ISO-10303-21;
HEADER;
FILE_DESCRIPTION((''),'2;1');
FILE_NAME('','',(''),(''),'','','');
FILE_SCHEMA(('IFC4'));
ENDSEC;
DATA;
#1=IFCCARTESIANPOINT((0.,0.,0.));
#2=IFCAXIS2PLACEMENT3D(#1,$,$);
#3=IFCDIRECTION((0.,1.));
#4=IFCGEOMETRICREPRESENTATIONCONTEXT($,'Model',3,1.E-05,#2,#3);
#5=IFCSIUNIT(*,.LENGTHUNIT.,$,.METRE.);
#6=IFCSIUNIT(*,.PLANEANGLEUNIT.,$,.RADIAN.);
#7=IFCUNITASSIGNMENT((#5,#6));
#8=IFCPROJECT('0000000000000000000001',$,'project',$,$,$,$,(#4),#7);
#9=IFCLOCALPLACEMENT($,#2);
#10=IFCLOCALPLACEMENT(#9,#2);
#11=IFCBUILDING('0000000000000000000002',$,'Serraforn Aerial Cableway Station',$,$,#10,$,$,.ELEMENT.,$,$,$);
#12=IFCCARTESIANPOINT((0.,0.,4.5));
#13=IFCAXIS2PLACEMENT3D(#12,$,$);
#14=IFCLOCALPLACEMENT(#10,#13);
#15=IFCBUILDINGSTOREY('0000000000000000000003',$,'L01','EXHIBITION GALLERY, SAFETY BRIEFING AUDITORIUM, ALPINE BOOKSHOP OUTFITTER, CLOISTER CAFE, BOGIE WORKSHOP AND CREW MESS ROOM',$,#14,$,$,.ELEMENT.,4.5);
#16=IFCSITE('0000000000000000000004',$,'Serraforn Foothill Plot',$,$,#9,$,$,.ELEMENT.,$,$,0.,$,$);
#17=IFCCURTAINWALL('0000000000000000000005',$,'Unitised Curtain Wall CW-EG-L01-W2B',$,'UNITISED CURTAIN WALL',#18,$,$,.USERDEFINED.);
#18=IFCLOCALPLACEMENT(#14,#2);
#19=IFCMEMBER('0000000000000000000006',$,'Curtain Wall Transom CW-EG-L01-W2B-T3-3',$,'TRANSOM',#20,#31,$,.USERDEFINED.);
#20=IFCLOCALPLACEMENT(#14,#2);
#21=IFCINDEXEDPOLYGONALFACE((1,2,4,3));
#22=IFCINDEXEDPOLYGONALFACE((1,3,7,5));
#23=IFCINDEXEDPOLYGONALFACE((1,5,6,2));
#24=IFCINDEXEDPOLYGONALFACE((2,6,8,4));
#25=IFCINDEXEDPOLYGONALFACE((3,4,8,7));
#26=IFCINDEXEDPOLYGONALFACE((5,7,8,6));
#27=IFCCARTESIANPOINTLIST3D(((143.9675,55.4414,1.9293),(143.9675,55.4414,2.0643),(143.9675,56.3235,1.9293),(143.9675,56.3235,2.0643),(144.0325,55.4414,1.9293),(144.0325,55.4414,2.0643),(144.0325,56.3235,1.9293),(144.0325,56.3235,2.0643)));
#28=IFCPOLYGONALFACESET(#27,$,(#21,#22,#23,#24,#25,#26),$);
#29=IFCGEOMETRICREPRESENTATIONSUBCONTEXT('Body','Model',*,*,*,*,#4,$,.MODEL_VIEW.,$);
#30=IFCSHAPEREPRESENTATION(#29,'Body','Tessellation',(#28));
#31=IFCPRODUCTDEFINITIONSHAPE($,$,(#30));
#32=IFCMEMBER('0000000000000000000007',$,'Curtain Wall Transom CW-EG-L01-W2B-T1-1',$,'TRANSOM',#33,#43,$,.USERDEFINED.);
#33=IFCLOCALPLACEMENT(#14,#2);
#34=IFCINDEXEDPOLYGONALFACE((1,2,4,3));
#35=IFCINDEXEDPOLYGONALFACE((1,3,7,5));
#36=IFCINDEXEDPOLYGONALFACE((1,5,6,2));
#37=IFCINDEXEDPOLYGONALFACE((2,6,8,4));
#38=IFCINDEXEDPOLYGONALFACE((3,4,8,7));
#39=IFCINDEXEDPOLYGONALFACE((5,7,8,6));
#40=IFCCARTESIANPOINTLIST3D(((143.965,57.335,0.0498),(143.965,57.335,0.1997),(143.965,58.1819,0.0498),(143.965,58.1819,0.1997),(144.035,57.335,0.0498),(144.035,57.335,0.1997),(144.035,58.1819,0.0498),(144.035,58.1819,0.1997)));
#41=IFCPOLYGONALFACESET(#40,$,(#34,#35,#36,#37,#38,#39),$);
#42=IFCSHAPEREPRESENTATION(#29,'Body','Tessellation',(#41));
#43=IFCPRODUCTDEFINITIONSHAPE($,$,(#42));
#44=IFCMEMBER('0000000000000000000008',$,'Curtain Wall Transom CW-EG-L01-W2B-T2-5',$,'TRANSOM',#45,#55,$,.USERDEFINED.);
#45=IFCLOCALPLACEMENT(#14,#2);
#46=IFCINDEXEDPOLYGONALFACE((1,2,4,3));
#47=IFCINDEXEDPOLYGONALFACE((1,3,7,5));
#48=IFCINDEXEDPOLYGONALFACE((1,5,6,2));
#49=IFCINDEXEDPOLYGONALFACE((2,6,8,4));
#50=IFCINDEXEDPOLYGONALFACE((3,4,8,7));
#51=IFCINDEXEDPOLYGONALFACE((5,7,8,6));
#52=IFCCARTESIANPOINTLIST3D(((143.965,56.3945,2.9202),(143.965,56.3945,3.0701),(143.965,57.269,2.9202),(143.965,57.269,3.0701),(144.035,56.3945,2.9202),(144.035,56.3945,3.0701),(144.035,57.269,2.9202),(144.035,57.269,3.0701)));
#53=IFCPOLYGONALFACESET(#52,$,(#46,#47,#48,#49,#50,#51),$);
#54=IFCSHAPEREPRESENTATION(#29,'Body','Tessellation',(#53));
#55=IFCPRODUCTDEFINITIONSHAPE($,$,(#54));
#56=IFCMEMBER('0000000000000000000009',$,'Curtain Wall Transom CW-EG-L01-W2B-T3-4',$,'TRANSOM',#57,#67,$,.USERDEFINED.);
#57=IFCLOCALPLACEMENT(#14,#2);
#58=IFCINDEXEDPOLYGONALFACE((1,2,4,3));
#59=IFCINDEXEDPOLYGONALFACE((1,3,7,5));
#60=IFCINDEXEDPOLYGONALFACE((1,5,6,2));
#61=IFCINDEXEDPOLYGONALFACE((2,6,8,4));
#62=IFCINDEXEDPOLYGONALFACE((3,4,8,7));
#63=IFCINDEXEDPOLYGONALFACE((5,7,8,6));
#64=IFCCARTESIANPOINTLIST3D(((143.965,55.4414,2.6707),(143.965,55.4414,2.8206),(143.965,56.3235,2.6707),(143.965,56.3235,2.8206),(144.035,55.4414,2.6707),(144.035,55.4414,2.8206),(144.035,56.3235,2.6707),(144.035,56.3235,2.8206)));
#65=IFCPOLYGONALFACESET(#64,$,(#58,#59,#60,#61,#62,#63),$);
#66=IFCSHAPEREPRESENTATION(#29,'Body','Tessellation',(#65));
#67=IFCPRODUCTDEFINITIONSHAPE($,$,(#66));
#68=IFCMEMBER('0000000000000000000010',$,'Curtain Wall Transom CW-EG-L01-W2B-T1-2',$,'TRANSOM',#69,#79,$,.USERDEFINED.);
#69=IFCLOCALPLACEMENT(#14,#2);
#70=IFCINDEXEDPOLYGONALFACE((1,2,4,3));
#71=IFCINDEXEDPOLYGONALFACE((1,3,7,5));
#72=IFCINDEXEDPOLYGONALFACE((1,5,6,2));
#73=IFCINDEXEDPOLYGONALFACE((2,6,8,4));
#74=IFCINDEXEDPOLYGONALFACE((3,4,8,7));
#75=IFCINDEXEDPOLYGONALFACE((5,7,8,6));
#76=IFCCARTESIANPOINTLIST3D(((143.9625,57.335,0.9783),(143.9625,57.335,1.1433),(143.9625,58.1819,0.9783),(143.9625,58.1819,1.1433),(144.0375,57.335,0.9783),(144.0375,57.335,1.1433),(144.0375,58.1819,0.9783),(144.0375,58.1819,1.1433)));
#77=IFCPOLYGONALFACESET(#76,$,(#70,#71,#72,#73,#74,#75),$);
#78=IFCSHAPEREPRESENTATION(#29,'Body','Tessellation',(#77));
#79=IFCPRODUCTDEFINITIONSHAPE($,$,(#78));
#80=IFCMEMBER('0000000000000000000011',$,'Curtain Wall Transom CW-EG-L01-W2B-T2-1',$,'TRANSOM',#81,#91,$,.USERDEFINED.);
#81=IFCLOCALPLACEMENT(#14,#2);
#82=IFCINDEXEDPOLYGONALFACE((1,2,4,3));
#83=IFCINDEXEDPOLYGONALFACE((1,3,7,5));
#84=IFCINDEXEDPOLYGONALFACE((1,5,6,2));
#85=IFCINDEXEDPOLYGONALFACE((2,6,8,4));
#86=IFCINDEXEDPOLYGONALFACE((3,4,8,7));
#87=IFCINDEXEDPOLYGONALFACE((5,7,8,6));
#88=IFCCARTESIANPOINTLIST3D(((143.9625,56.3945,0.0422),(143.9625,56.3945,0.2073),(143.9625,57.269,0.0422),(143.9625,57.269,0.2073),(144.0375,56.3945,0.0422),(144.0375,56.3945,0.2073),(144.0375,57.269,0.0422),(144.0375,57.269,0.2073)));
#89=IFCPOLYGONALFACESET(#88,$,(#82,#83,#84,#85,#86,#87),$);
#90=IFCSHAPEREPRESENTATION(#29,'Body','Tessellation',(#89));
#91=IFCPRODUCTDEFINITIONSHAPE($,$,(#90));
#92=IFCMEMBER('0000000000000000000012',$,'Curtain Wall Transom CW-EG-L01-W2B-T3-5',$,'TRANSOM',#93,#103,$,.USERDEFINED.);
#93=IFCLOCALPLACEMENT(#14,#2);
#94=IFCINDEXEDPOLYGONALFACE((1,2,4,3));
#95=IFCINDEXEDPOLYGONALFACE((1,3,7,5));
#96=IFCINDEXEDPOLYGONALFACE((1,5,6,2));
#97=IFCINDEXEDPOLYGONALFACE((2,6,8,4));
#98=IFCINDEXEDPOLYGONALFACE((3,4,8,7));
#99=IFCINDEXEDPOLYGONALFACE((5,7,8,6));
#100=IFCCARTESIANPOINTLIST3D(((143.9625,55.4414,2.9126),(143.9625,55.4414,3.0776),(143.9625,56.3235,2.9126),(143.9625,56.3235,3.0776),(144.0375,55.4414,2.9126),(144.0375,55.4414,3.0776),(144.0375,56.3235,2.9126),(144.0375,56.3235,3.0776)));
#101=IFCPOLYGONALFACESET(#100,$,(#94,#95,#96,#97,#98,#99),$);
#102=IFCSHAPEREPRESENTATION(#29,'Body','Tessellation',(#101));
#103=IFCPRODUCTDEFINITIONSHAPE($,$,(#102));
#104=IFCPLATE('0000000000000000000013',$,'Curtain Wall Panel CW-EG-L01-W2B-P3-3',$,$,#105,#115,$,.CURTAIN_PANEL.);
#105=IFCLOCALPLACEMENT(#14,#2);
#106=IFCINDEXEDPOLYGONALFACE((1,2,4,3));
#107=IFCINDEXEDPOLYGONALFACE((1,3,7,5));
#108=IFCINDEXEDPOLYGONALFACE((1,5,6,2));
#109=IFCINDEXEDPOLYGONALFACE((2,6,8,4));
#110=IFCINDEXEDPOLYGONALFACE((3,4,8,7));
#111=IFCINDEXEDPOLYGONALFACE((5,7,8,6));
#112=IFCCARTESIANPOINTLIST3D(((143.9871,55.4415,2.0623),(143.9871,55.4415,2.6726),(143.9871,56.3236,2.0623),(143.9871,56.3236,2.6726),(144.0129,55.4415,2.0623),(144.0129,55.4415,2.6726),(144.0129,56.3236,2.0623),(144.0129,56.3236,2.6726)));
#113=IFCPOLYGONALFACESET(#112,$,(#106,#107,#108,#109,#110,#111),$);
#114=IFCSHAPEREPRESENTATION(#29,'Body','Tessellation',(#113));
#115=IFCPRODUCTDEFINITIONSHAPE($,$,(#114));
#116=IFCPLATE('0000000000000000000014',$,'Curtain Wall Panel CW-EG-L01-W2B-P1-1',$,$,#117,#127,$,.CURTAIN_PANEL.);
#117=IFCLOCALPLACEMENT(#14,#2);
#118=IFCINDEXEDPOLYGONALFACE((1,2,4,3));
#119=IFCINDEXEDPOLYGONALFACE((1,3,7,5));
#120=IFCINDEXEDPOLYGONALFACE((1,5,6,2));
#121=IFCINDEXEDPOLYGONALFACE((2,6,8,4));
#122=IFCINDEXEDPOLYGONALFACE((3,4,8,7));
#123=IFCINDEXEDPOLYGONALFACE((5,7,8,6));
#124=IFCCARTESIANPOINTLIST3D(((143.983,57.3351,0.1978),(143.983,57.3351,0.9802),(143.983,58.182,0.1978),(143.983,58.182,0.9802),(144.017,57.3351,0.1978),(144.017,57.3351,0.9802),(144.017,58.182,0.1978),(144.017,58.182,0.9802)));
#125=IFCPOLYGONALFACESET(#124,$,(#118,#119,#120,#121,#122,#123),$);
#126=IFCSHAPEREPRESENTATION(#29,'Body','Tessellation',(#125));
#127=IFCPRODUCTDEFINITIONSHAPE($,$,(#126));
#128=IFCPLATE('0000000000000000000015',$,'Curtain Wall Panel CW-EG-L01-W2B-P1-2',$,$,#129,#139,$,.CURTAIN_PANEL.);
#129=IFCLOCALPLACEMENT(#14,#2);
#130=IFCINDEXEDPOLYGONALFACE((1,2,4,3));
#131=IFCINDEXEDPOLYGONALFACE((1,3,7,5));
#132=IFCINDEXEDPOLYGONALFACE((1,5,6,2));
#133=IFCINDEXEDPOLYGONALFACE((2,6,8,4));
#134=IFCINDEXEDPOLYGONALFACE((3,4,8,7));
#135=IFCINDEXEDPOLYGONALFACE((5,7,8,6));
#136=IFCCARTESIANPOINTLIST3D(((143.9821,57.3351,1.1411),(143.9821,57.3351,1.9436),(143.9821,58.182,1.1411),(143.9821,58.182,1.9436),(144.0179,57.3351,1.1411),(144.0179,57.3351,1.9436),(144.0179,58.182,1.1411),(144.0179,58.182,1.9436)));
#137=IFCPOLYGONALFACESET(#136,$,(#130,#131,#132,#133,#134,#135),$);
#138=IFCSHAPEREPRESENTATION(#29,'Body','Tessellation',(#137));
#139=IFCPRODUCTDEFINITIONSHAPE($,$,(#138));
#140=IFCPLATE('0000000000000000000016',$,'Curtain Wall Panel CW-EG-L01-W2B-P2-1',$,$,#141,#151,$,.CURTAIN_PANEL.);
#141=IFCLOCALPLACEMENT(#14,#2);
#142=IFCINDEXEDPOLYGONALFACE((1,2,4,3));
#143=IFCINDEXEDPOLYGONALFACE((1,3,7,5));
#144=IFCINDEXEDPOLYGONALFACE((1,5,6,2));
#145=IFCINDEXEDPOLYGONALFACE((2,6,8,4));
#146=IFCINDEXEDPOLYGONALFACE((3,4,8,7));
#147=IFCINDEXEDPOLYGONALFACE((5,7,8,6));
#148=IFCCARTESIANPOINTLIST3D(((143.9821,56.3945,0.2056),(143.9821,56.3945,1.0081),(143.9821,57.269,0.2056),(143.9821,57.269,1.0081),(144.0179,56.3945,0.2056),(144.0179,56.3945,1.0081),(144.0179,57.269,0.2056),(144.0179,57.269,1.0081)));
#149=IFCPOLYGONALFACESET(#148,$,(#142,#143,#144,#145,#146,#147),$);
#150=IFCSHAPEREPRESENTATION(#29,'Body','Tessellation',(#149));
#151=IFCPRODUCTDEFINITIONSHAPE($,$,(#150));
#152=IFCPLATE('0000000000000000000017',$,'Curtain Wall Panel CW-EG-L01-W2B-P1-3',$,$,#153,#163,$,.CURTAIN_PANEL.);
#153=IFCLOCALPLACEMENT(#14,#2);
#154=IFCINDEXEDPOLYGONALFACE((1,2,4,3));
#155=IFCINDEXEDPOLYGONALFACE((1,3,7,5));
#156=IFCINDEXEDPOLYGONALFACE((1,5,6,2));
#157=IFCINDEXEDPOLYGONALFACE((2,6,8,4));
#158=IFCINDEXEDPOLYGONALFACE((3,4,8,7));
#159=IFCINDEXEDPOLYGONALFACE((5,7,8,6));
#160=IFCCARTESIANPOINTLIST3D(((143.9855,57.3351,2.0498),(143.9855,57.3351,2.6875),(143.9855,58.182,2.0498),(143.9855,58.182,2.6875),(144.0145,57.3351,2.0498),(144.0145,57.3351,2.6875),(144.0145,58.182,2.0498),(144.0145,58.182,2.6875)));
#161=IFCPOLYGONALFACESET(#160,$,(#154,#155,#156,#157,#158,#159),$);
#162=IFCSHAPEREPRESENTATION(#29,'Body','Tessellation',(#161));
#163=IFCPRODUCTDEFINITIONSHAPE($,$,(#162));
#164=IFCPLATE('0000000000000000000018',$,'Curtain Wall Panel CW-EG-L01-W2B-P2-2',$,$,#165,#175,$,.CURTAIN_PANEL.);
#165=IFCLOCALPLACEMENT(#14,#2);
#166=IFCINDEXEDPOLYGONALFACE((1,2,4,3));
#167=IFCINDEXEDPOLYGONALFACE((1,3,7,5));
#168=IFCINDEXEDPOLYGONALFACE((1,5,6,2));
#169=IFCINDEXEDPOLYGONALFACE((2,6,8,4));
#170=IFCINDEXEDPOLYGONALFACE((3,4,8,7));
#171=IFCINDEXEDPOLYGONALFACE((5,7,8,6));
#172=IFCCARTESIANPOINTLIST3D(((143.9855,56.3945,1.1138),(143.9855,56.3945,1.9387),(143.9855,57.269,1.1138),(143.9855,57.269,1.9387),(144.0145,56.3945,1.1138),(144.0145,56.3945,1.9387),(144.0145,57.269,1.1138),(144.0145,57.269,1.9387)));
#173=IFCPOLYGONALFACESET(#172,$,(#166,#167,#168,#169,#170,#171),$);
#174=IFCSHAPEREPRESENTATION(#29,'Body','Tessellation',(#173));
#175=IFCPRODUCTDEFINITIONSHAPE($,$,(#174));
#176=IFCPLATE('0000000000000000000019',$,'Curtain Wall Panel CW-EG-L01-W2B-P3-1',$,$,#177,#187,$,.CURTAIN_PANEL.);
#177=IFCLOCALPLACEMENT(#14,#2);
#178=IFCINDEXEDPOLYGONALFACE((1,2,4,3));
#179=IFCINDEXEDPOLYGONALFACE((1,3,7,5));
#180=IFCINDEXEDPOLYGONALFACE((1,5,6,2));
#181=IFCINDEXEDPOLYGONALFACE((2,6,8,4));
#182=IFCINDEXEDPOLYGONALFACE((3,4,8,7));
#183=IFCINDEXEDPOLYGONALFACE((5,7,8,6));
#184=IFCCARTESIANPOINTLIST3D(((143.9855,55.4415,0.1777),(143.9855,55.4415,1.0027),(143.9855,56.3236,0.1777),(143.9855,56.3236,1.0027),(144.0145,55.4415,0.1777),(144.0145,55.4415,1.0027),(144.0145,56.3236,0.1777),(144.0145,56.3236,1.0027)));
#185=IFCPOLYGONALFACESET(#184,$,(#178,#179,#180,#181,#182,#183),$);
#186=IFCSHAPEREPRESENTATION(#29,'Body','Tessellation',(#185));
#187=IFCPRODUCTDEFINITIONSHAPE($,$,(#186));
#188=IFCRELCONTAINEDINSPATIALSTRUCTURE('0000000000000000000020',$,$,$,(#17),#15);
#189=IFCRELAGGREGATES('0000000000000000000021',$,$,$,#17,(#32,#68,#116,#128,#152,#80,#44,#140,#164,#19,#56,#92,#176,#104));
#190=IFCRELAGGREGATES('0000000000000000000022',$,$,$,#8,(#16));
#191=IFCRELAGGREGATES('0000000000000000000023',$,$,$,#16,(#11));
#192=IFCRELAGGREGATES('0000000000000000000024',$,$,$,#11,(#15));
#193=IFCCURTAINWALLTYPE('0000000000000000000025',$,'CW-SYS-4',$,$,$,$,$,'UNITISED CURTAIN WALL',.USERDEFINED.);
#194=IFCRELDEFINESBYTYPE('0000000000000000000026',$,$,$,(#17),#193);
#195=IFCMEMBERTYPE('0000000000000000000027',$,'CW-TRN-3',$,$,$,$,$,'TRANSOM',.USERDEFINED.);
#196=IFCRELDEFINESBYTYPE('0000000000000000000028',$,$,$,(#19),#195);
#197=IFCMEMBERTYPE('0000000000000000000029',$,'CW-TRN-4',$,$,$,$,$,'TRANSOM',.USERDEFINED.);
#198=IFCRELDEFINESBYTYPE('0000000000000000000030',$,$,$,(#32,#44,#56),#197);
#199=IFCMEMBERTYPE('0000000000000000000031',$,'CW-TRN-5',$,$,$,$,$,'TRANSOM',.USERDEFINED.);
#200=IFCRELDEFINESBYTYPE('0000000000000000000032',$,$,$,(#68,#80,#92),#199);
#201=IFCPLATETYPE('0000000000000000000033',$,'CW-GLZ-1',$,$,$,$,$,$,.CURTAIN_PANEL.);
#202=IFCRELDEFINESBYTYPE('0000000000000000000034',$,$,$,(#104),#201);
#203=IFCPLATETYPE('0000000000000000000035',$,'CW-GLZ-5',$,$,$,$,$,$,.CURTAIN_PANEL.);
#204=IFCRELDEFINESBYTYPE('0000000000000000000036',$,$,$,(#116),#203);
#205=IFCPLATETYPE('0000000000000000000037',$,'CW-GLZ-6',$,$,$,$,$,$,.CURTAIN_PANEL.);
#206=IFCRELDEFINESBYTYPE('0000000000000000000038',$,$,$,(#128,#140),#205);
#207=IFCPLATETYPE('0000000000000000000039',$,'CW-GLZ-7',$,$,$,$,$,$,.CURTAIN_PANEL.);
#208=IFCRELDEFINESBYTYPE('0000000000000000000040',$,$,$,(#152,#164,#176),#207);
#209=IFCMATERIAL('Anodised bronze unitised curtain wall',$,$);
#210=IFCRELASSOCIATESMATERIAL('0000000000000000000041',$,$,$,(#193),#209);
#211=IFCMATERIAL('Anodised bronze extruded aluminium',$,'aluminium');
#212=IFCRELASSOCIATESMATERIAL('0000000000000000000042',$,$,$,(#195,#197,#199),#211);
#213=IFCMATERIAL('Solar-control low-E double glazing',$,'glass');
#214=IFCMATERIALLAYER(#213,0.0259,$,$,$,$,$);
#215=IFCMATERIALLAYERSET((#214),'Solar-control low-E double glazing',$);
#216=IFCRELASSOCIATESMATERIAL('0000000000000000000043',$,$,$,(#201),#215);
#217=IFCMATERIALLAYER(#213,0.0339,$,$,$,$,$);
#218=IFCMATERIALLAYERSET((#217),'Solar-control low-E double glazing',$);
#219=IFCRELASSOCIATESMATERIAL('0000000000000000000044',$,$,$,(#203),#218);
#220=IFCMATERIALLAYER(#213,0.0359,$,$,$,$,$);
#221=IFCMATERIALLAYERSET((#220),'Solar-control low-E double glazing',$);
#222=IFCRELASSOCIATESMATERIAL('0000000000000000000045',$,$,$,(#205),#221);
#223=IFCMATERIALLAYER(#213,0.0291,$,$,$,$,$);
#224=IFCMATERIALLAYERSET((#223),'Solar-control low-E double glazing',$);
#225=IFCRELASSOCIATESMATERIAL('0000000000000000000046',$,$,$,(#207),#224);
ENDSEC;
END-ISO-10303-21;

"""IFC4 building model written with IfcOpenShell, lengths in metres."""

from ifc_helpers import new_model, si_unit, direction, frame, origin, origin_2d, place, context, subcontext, project, spatial, rectangle, extrude, material, layer, layer_set, material_profile, profile_set, type_object, element, aggregate, save


model = new_model("IFC4")

# Units and contexts
model_context = context("Model", 3, precision=1e-05, world=origin(), true_north=direction((0.0, 1.0)))
body_context = subcontext(model_context, "Body", "Model", "MODEL_VIEW")
ifc_project = project(units=[si_unit("LENGTHUNIT", "METRE"), si_unit("PLANEANGLEUNIT", "RADIAN")], contexts=[model_context])

# Site, building, storey
site_placement = place(None, origin())
site = spatial("IfcSite", under=ifc_project, at=site_placement, Name="Serraforn Foothill Plot", CompositionType="ELEMENT", RefElevation=0.0)
building_placement = place(site_placement, origin())
building = spatial("IfcBuilding", under=site, at=building_placement, Name="Serraforn Aerial Cableway Station", CompositionType="ELEMENT")
storey_placement = place(building_placement, frame((0.0, 0.0, 4.5)))
storey = spatial("IfcBuildingStorey", under=building, at=storey_placement, Name="L01", Description="EXHIBITION GALLERY, SAFETY BRIEFING AUDITORIUM, ALPINE BOOKSHOP OUTFITTER, CLOISTER CAFE, BOGIE WORKSHOP AND CREW MESS ROOM", CompositionType="ELEMENT", Elevation=4.5)

# Shared definitions
ifc_material_1 = material(Name="Anodised bronze unitised curtain wall")
ifc_material_2 = material(Name="Anodised bronze extruded aluminium", Category="aluminium")

# Curtain wall, members, plates
curtain_wall_type_1 = type_object("IfcCurtainWallType", Name="CW-SYS-4", ElementType="UNITISED CURTAIN WALL", PredefinedType="USERDEFINED", material=ifc_material_1)
curtain_wall_1_placement = place(storey_placement, origin())
curtain_wall_1 = element("IfcCurtainWall", 1, at=curtain_wall_1_placement, inside=storey, type_object=curtain_wall_type_1, Name="Unitised Curtain Wall CW-EG-L01-W2B", ObjectType="UNITISED CURTAIN WALL", PredefinedType="USERDEFINED")
ifc_material_profile_1 = material_profile(ifc_material_2, rectangle(XDim=0.0649, YDim=0.135, at=origin_2d()), Name="CW TRANSOM 65x135")
ifc_profile_set_1 = profile_set([ifc_material_profile_1], Name="Anodised bronze extruded aluminium")
member_type_1 = type_object("IfcMemberType", Name="CW-TRN-3", ElementType="TRANSOM", PredefinedType="USERDEFINED", material=ifc_profile_set_1)
member_1_placement = place(storey_placement, frame((144.0, 56.3235, 1.9968), z_axis=(0.0, -1.0, 0.0), x_axis=(1.0, 0.0, 0.0)))
member_1 = element("IfcMember", 2, at=member_1_placement, type_object=member_type_1, Name="Curtain Wall Transom CW-EG-L01-W2B-T3-3", ObjectType="TRANSOM", PredefinedType="USERDEFINED", context=body_context, shape_type="SweptSolid", body=[
    extrude(rectangle(XDim=0.0649, YDim=0.135, at=origin_2d()), origin(), (0.0, 0.0, 1.0), 0.8821),
])
ifc_material_profile_2 = material_profile(ifc_material_2, rectangle(XDim=0.0701, YDim=0.1499, at=origin_2d()), Name="CW TRANSOM 70x150")
ifc_profile_set_2 = profile_set([ifc_material_profile_2], Name="Anodised bronze extruded aluminium")
member_type_2 = type_object("IfcMemberType", Name="CW-TRN-4", ElementType="TRANSOM", PredefinedType="USERDEFINED", material=ifc_profile_set_2)
member_2_placement = place(storey_placement, frame((144.0, 58.1819, 0.1248), z_axis=(0.0, -1.0, 0.0), x_axis=(1.0, 0.0, 0.0)))
member_2 = element("IfcMember", 3, at=member_2_placement, type_object=member_type_2, Name="Curtain Wall Transom CW-EG-L01-W2B-T1-1", ObjectType="TRANSOM", PredefinedType="USERDEFINED", context=body_context, shape_type="SweptSolid", body=[
    extrude(rectangle(XDim=0.0701, YDim=0.1499, at=origin_2d()), origin(), (0.0, 0.0, 1.0), 0.8469),
])
member_3_placement = place(storey_placement, frame((144.0, 57.269, 2.9951), z_axis=(0.0, -1.0, 0.0), x_axis=(1.0, 0.0, 0.0)))
member_3 = element("IfcMember", 4, at=member_3_placement, type_object=member_type_2, Name="Curtain Wall Transom CW-EG-L01-W2B-T2-5", ObjectType="TRANSOM", PredefinedType="USERDEFINED", context=body_context, shape_type="SweptSolid", body=[
    extrude(rectangle(XDim=0.0701, YDim=0.1499, at=origin_2d()), origin(), (0.0, 0.0, 1.0), 0.8745),
])
member_4_placement = place(storey_placement, frame((144.0, 56.3235, 2.7456), z_axis=(0.0, -1.0, 0.0), x_axis=(1.0, 0.0, 0.0)))
member_4 = element("IfcMember", 5, at=member_4_placement, type_object=member_type_2, Name="Curtain Wall Transom CW-EG-L01-W2B-T3-4", ObjectType="TRANSOM", PredefinedType="USERDEFINED", context=body_context, shape_type="SweptSolid", body=[
    extrude(rectangle(XDim=0.0701, YDim=0.1499, at=origin_2d()), origin(), (0.0, 0.0, 1.0), 0.8821),
])
ifc_material_profile_3 = material_profile(ifc_material_2, rectangle(XDim=0.075, YDim=0.165, at=origin_2d()), Name="CW TRANSOM 75x165")
ifc_profile_set_3 = profile_set([ifc_material_profile_3], Name="Anodised bronze extruded aluminium")
member_type_3 = type_object("IfcMemberType", Name="CW-TRN-5", ElementType="TRANSOM", PredefinedType="USERDEFINED", material=ifc_profile_set_3)
member_5_placement = place(storey_placement, frame((144.0, 58.1819, 1.0608), z_axis=(0.0, -1.0, 0.0), x_axis=(1.0, 0.0, 0.0)))
member_5 = element("IfcMember", 6, at=member_5_placement, type_object=member_type_3, Name="Curtain Wall Transom CW-EG-L01-W2B-T1-2", ObjectType="TRANSOM", PredefinedType="USERDEFINED", context=body_context, shape_type="SweptSolid", body=[
    extrude(rectangle(XDim=0.075, YDim=0.165, at=origin_2d()), origin(), (0.0, 0.0, 1.0), 0.8469),
])
member_6_placement = place(storey_placement, frame((144.0, 57.269, 0.1248), z_axis=(0.0, -1.0, 0.0), x_axis=(1.0, 0.0, 0.0)))
member_6 = element("IfcMember", 7, at=member_6_placement, type_object=member_type_3, Name="Curtain Wall Transom CW-EG-L01-W2B-T2-1", ObjectType="TRANSOM", PredefinedType="USERDEFINED", context=body_context, shape_type="SweptSolid", body=[
    extrude(rectangle(XDim=0.075, YDim=0.165, at=origin_2d()), origin(), (0.0, 0.0, 1.0), 0.8745),
])
member_7_placement = place(storey_placement, frame((144.0, 56.3235, 2.9951), z_axis=(0.0, -1.0, 0.0), x_axis=(1.0, 0.0, 0.0)))
member_7 = element("IfcMember", 8, at=member_7_placement, type_object=member_type_3, Name="Curtain Wall Transom CW-EG-L01-W2B-T3-5", ObjectType="TRANSOM", PredefinedType="USERDEFINED", context=body_context, shape_type="SweptSolid", body=[
    extrude(rectangle(XDim=0.075, YDim=0.165, at=origin_2d()), origin(), (0.0, 0.0, 1.0), 0.8821),
])
ifc_material_3 = material(Name="Solar-control low-E double glazing", Category="glass")
ifc_layer_1 = layer(ifc_material_3, 0.0259)
ifc_layer_set_1 = layer_set([ifc_layer_1], Name="Solar-control low-E double glazing")
plate_type_1 = type_object("IfcPlateType", Name="CW-GLZ-1", PredefinedType="CURTAIN_PANEL", material=ifc_layer_set_1)
plate_1_placement = place(storey_placement, frame((144.0, 55.8826, 2.0623), z_axis=(0.0, 0.0, 1.0), x_axis=(1.0, 0.0, 0.0)))
plate_1 = element("IfcPlate", 9, at=plate_1_placement, type_object=plate_type_1, Name="Curtain Wall Panel CW-EG-L01-W2B-P3-3", PredefinedType="CURTAIN_PANEL", context=body_context, shape_type="SweptSolid", body=[
    extrude(rectangle(XDim=0.0259, YDim=0.8821, at=origin_2d()), origin(), (0.0, 0.0, 1.0), 0.6104),
])
ifc_layer_2 = layer(ifc_material_3, 0.0339)
ifc_layer_set_2 = layer_set([ifc_layer_2], Name="Solar-control low-E double glazing")
plate_type_2 = type_object("IfcPlateType", Name="CW-GLZ-5", PredefinedType="CURTAIN_PANEL", material=ifc_layer_set_2)
plate_2_placement = place(storey_placement, frame((144.0, 57.7585, 0.1978), z_axis=(0.0, 0.0, 1.0), x_axis=(1.0, 0.0, 0.0)))
plate_2 = element("IfcPlate", 10, at=plate_2_placement, type_object=plate_type_2, Name="Curtain Wall Panel CW-EG-L01-W2B-P1-1", PredefinedType="CURTAIN_PANEL", context=body_context, shape_type="SweptSolid", body=[
    extrude(rectangle(XDim=0.0339, YDim=0.8469, at=origin_2d()), origin(), (0.0, 0.0, 1.0), 0.7825),
])
ifc_layer_3 = layer(ifc_material_3, 0.0359)
ifc_layer_set_3 = layer_set([ifc_layer_3], Name="Solar-control low-E double glazing")
plate_type_3 = type_object("IfcPlateType", Name="CW-GLZ-6", PredefinedType="CURTAIN_PANEL", material=ifc_layer_set_3)
plate_3_placement = place(storey_placement, frame((144.0, 57.7585, 1.1411), z_axis=(0.0, 0.0, 1.0), x_axis=(1.0, 0.0, 0.0)))
plate_3 = element("IfcPlate", 11, at=plate_3_placement, type_object=plate_type_3, Name="Curtain Wall Panel CW-EG-L01-W2B-P1-2", PredefinedType="CURTAIN_PANEL", context=body_context, shape_type="SweptSolid", body=[
    extrude(rectangle(XDim=0.0359, YDim=0.8469, at=origin_2d()), origin(), (0.0, 0.0, 1.0), 0.8025),
])
plate_4_placement = place(storey_placement, frame((144.0, 56.8318, 0.2056), z_axis=(0.0, 0.0, 1.0), x_axis=(1.0, 0.0, 0.0)))
plate_4 = element("IfcPlate", 12, at=plate_4_placement, type_object=plate_type_3, Name="Curtain Wall Panel CW-EG-L01-W2B-P2-1", PredefinedType="CURTAIN_PANEL", context=body_context, shape_type="SweptSolid", body=[
    extrude(rectangle(XDim=0.0359, YDim=0.8745, at=origin_2d()), origin(), (0.0, 0.0, 1.0), 0.8025),
])
ifc_layer_4 = layer(ifc_material_3, 0.0291)
ifc_layer_set_4 = layer_set([ifc_layer_4], Name="Solar-control low-E double glazing")
plate_type_4 = type_object("IfcPlateType", Name="CW-GLZ-7", PredefinedType="CURTAIN_PANEL", material=ifc_layer_set_4)
plate_5_placement = place(storey_placement, frame((144.0, 57.7585, 2.0498), z_axis=(0.0, 0.0, 1.0), x_axis=(1.0, 0.0, 0.0)))
plate_5 = element("IfcPlate", 13, at=plate_5_placement, type_object=plate_type_4, Name="Curtain Wall Panel CW-EG-L01-W2B-P1-3", PredefinedType="CURTAIN_PANEL", context=body_context, shape_type="SweptSolid", body=[
    extrude(rectangle(XDim=0.0291, YDim=0.8469, at=origin_2d()), origin(), (0.0, 0.0, 1.0), 0.6377),
])
plate_6_placement = place(storey_placement, frame((144.0, 56.8318, 1.1138), z_axis=(0.0, 0.0, 1.0), x_axis=(1.0, 0.0, 0.0)))
plate_6 = element("IfcPlate", 14, at=plate_6_placement, type_object=plate_type_4, Name="Curtain Wall Panel CW-EG-L01-W2B-P2-2", PredefinedType="CURTAIN_PANEL", context=body_context, shape_type="SweptSolid", body=[
    extrude(rectangle(XDim=0.0291, YDim=0.8745, at=origin_2d()), origin(), (0.0, 0.0, 1.0), 0.825),
])
plate_7_placement = place(storey_placement, frame((144.0, 55.8826, 0.1777), z_axis=(0.0, 0.0, 1.0), x_axis=(1.0, 0.0, 0.0)))
plate_7 = element("IfcPlate", 15, at=plate_7_placement, type_object=plate_type_4, Name="Curtain Wall Panel CW-EG-L01-W2B-P3-1", PredefinedType="CURTAIN_PANEL", context=body_context, shape_type="SweptSolid", body=[
    extrude(rectangle(XDim=0.0291, YDim=0.8821, at=origin_2d()), origin(), (0.0, 0.0, 1.0), 0.825),
])
aggregate(curtain_wall_1, [member_2, member_5, plate_2, plate_3, plate_5, member_6, member_3, plate_4, plate_6, member_1, member_4, member_7, plate_7, plate_1])

save(model, "model.ifc")
